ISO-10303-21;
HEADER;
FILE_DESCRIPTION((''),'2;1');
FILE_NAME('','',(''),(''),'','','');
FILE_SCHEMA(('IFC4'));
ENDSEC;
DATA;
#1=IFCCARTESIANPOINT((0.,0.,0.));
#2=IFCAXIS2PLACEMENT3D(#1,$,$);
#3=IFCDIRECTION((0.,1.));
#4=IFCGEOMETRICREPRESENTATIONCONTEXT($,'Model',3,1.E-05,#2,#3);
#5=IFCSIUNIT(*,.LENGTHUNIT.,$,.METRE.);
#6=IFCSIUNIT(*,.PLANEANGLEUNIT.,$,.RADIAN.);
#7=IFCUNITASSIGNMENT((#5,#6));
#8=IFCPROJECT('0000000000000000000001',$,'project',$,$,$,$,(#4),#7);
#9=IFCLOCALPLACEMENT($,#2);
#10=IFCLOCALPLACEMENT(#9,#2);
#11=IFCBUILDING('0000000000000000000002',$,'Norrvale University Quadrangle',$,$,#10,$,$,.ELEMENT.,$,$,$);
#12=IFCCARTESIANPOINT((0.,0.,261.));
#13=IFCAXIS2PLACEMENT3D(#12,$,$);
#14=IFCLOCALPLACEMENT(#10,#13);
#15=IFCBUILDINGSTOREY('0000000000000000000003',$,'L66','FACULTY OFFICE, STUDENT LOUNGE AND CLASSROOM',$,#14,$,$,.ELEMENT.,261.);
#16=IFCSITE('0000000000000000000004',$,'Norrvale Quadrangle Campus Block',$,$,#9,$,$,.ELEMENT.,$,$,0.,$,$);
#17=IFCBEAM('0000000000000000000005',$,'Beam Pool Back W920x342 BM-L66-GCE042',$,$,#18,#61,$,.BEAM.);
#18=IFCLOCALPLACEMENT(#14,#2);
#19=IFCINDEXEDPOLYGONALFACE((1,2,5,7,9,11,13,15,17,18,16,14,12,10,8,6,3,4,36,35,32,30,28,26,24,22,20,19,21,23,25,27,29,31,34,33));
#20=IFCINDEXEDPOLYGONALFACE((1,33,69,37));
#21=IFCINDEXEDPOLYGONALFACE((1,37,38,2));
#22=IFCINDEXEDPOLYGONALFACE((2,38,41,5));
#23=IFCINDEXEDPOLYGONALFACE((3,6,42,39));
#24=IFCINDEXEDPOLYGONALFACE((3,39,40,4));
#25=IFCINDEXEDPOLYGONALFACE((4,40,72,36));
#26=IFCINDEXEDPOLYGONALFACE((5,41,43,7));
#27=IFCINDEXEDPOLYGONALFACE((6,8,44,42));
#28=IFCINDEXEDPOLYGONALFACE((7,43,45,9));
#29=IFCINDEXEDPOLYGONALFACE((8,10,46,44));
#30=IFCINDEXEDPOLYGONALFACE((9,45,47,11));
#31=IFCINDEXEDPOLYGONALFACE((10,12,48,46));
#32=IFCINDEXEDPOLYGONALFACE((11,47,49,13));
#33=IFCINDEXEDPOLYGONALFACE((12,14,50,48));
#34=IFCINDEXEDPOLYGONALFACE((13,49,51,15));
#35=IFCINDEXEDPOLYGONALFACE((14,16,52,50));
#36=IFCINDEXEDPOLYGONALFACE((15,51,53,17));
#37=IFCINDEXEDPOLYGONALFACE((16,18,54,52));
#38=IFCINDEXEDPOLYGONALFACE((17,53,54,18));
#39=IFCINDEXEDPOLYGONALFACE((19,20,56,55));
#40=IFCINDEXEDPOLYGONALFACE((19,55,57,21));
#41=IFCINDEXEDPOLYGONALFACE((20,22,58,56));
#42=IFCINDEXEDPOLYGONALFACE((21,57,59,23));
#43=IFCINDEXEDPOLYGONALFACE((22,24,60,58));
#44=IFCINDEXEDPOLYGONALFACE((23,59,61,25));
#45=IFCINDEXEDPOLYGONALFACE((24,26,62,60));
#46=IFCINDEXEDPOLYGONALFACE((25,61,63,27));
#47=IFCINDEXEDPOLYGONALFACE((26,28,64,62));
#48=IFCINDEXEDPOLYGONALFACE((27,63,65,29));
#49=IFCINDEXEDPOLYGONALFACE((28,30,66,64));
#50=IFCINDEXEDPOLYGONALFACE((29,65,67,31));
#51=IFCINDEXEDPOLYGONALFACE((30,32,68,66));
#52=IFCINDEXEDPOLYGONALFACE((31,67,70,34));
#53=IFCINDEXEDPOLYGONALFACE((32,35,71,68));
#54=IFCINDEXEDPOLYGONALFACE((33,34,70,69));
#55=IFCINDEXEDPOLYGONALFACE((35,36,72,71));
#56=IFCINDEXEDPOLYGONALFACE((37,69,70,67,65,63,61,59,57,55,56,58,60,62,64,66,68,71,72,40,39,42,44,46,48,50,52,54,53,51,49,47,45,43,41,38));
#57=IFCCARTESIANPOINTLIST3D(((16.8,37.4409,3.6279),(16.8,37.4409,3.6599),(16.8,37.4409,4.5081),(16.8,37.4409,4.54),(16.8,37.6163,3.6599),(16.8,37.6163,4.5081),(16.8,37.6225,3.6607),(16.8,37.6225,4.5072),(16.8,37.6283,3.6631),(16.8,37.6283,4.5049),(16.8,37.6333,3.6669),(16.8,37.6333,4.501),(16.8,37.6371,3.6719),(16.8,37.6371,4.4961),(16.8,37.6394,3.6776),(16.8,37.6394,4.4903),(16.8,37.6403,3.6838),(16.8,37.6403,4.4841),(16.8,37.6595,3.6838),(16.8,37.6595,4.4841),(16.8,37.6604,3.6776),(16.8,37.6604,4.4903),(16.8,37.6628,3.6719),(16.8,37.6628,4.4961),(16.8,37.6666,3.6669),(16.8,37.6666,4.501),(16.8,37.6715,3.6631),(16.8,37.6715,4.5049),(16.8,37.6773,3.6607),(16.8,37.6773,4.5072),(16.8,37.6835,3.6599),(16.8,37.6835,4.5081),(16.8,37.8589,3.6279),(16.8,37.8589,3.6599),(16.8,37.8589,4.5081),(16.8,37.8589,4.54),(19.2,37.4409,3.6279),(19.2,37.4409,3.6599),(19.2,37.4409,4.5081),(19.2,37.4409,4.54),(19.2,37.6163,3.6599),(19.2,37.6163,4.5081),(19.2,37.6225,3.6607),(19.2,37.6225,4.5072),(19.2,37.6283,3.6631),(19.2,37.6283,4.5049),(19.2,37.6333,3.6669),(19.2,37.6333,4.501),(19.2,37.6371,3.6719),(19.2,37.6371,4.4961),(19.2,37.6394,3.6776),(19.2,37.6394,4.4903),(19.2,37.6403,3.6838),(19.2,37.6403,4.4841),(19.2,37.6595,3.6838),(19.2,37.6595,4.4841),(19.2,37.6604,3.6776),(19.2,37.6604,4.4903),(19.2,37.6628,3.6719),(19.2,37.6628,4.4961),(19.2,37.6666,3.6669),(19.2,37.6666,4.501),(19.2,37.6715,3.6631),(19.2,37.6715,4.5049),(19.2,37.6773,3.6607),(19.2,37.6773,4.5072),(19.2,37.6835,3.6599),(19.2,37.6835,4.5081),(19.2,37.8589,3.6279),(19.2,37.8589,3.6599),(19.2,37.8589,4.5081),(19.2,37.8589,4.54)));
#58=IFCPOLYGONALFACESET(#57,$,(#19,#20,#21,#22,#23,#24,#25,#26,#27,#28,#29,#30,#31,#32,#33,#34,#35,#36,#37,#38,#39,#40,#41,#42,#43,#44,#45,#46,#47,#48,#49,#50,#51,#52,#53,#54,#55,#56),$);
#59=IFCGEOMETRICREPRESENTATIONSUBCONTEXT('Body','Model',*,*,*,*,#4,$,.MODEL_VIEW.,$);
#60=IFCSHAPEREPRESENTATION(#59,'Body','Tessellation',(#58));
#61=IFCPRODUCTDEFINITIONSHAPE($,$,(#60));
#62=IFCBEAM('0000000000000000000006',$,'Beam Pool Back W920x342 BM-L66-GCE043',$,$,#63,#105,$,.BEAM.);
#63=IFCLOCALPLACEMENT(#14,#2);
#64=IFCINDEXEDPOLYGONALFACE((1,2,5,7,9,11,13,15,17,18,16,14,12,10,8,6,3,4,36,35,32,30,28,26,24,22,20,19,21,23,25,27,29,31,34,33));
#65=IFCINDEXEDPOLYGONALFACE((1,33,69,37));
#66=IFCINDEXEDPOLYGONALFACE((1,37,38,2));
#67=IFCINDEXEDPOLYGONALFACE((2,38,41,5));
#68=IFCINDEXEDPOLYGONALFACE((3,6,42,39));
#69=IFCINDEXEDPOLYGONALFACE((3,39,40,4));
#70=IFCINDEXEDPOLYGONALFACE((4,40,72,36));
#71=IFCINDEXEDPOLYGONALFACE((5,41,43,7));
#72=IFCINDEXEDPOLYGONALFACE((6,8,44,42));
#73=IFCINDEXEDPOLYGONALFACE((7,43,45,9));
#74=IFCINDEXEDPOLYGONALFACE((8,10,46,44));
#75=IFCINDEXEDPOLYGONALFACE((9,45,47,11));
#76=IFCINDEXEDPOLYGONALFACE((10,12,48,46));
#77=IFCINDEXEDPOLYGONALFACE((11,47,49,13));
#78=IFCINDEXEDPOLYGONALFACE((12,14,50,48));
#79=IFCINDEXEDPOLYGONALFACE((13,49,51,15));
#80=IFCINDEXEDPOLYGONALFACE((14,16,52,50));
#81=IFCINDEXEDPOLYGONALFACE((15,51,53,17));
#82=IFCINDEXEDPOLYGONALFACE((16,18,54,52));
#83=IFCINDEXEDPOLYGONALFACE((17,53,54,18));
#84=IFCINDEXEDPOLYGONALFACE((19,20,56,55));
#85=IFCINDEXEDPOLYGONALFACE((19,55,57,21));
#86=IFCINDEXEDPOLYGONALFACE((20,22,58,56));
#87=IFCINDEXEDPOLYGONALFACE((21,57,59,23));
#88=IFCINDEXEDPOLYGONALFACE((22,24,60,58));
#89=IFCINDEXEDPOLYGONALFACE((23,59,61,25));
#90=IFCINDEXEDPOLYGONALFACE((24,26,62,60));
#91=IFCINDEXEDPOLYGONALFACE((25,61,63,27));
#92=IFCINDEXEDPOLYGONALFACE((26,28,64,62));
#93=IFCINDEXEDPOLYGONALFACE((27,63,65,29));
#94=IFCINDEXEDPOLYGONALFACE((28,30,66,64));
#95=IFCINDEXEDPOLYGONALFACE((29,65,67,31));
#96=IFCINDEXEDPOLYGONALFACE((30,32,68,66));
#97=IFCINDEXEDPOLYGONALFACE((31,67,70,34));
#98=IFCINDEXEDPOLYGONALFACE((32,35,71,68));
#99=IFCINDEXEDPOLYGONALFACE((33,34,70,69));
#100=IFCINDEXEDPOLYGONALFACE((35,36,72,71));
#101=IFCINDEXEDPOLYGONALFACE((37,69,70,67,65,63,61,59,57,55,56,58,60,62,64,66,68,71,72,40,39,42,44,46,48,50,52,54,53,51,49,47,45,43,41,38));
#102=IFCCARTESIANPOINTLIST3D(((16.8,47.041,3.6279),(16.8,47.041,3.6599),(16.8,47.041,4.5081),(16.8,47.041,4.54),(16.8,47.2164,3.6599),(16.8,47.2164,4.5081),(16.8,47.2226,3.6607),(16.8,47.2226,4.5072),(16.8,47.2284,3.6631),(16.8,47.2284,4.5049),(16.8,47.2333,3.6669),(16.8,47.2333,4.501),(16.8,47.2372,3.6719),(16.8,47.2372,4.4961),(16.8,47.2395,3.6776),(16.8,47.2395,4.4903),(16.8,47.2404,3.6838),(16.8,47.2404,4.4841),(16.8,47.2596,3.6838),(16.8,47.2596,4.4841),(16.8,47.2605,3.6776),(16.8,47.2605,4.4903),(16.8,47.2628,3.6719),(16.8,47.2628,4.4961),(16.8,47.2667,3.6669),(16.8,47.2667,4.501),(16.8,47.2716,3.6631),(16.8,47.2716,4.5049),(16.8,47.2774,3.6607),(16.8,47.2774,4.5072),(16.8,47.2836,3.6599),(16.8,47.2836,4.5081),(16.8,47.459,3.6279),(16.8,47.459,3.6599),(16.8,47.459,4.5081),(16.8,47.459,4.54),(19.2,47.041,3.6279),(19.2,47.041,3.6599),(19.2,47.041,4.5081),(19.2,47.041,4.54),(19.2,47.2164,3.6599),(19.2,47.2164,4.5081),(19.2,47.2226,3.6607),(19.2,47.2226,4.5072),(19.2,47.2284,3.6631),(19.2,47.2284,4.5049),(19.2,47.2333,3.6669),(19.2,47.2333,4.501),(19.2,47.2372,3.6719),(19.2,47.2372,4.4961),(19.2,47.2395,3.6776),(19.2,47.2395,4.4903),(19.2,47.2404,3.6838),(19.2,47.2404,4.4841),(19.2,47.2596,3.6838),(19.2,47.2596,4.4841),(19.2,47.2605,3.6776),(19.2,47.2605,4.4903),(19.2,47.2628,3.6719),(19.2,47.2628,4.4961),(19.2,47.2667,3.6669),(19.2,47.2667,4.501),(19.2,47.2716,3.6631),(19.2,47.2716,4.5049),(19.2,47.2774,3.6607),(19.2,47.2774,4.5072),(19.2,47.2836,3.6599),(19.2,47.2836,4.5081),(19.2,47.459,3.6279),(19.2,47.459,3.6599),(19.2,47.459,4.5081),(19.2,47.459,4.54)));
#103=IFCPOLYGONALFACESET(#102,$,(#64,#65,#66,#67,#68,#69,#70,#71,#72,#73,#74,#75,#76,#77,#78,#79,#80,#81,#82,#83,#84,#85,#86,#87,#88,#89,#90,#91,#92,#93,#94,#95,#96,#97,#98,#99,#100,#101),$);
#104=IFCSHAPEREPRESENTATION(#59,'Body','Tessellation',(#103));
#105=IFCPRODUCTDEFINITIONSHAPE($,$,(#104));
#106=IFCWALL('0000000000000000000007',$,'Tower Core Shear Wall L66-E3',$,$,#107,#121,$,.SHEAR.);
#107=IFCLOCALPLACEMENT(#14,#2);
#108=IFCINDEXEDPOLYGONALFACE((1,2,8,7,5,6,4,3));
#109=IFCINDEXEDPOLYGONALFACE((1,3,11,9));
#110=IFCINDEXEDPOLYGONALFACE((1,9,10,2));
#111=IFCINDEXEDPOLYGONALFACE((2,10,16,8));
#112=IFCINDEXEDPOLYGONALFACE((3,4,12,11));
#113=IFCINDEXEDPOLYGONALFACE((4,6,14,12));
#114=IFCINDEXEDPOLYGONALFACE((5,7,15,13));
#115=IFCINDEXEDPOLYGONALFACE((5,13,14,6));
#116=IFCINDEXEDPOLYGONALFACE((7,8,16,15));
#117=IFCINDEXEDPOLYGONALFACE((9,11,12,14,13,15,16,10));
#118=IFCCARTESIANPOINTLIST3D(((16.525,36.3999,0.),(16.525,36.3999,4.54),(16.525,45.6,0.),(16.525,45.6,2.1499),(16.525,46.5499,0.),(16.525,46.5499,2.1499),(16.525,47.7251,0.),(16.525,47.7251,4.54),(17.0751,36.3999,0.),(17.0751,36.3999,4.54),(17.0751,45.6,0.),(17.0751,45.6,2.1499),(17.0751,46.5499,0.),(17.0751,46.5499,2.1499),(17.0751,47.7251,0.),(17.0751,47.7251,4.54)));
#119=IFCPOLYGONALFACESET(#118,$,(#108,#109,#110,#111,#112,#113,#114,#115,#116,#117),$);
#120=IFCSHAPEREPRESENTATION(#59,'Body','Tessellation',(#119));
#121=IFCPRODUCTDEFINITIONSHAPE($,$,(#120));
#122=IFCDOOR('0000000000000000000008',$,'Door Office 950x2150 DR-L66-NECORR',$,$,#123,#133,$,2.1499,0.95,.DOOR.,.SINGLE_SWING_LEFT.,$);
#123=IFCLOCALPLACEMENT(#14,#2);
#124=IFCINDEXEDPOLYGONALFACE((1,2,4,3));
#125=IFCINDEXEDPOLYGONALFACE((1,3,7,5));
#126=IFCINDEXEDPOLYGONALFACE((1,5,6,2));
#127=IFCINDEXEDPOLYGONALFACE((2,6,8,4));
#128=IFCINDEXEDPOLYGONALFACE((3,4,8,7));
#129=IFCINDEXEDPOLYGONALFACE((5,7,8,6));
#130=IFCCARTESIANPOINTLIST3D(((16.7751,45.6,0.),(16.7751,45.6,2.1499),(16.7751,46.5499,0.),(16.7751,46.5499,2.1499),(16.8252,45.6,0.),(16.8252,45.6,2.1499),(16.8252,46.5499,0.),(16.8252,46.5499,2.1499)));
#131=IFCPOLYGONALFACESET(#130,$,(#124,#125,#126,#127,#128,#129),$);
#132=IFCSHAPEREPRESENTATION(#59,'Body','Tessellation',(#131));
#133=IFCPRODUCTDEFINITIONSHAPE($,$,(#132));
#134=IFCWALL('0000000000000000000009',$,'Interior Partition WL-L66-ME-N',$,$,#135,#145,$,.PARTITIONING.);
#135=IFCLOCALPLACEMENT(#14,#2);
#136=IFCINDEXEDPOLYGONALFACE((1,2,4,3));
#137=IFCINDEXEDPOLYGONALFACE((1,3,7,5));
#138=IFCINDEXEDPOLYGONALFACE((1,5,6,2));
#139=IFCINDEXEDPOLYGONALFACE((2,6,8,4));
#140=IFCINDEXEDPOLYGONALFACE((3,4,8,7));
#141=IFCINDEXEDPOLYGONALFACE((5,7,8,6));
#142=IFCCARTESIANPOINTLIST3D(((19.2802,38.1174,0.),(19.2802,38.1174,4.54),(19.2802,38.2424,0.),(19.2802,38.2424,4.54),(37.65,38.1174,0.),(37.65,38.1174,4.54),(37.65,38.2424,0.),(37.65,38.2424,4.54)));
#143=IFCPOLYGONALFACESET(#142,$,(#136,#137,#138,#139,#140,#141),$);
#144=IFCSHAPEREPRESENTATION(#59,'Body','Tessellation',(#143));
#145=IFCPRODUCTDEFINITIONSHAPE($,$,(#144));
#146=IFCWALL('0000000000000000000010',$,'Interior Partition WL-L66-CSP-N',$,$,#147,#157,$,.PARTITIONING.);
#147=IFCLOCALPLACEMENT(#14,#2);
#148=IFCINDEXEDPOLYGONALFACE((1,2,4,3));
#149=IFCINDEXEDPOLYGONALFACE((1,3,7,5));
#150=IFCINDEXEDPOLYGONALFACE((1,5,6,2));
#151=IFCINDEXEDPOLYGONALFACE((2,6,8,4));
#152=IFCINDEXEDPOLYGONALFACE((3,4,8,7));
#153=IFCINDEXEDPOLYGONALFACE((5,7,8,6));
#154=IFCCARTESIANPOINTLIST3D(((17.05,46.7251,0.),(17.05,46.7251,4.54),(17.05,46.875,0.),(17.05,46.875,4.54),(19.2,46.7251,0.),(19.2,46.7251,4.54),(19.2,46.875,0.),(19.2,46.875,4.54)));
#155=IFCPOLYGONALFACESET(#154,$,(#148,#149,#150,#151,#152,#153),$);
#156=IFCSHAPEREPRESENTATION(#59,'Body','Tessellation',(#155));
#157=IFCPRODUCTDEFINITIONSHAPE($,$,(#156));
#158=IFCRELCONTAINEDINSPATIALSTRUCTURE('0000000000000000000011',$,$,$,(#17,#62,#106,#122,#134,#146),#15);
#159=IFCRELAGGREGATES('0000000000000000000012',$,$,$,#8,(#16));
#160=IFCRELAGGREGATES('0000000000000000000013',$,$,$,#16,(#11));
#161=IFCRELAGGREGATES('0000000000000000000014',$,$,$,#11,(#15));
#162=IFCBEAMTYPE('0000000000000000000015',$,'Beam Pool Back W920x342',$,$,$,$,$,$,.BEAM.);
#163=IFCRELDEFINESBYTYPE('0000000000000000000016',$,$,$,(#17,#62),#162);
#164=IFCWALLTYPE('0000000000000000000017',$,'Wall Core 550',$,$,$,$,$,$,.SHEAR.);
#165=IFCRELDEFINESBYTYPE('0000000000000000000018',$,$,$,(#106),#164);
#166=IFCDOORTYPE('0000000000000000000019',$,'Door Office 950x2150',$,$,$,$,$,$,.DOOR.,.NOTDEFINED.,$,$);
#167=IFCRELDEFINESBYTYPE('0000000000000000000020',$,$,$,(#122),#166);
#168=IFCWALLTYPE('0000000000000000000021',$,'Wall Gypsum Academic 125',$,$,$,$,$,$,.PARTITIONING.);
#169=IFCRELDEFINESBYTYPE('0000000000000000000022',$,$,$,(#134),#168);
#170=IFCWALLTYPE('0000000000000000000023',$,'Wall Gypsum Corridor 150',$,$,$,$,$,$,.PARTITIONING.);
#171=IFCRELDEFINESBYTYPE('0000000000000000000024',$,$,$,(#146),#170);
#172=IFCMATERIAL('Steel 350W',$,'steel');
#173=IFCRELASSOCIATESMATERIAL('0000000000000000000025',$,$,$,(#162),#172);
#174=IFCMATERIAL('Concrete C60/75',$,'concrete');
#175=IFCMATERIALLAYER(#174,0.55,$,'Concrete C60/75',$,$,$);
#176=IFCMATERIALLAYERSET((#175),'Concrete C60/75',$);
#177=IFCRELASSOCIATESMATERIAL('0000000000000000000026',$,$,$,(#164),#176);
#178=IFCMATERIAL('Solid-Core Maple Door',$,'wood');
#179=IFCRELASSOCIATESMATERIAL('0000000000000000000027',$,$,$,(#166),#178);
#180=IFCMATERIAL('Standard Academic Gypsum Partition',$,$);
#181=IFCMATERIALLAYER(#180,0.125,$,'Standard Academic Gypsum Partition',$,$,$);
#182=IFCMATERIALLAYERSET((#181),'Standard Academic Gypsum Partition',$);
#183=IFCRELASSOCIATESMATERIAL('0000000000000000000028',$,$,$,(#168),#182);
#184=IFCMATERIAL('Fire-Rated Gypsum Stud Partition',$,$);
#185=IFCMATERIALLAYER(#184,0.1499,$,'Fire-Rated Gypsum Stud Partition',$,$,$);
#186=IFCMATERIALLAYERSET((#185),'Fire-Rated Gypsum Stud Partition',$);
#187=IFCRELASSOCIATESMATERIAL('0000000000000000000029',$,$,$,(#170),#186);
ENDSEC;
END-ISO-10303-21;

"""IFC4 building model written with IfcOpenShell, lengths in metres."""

from ifc_helpers import new_model, si_unit, direction, frame, frame_2d, origin, origin_2d, place, context, subcontext, project, spatial, rectangle, i_section, extrude, material, layer, layer_set, material_profile, profile_set, type_object, element, fill, save


model = new_model("IFC4")

# Units and contexts
model_context = context("Model", 3, precision=1e-05, world=origin(), true_north=direction((0.0, 1.0)))
body_context = subcontext(model_context, "Body", "Model", "MODEL_VIEW")
ifc_project = project(units=[si_unit("LENGTHUNIT", "METRE"), si_unit("PLANEANGLEUNIT", "RADIAN")], contexts=[model_context])

# Site, building, storey
site_placement = place(None, origin())
site = spatial("IfcSite", under=ifc_project, at=site_placement, Name="Norrvale Quadrangle Campus Block", CompositionType="ELEMENT", RefElevation=0.0)
building_placement = place(site_placement, origin())
building = spatial("IfcBuilding", under=site, at=building_placement, Name="Norrvale University Quadrangle", CompositionType="ELEMENT")
storey_placement = place(building_placement, frame((0.0, 0.0, 261.0)))
storey = spatial("IfcBuildingStorey", under=building, at=storey_placement, Name="L66", Description="FACULTY OFFICE, STUDENT LOUNGE AND CLASSROOM", CompositionType="ELEMENT", Elevation=261.0)

# Shared definitions
ifc_material_1 = material(Name="Concrete C60/75", Category="concrete")

# Beams
ifc_material_2 = material(Name="Steel 350W", Category="steel")
ifc_material_profile_1 = material_profile(ifc_material_2, i_section(OverallWidth=0.418, OverallDepth=0.9121, WebThickness=0.0193, FlangeThickness=0.032, FilletRadius=0.0239, at=origin_2d()), Name="Steel 350W")
ifc_profile_set_1 = profile_set([ifc_material_profile_1], Name="Steel 350W")
beam_type_1 = type_object("IfcBeamType", Name="Beam Pool Back W920x342", PredefinedType="BEAM", material=ifc_profile_set_1)
for number, where, z_axis, x_axis, name in (
    (1, (16.8, 37.6499, 4.084), (1.0, 0.0, 0.0), (0.0, 1.0, 0.0), "Beam Pool Back W920x342 BM-L66-GCE042"),
    (2, (16.8, 47.25, 4.084), (1.0, 0.0, 0.0), (0.0, 1.0, 0.0), "Beam Pool Back W920x342 BM-L66-GCE043"),
):
    element("IfcBeam", number, at=place(storey_placement, frame(where, z_axis=z_axis, x_axis=x_axis)), inside=storey, type_object=beam_type_1, Name=name, PredefinedType="BEAM", context=body_context, shape_type="SweptSolid", body=[
        extrude(i_section(OverallWidth=0.418, OverallDepth=0.9121, WebThickness=0.0193, FlangeThickness=0.032, FilletRadius=0.0239, at=origin_2d()), origin(), (0.0, 0.0, 1.0), 2.3999),
    ])

# Wall, opening, door
ifc_layer_1 = layer(ifc_material_1, 0.55, Name="Concrete C60/75")
ifc_layer_set_1 = layer_set([ifc_layer_1], Name="Concrete C60/75")
wall_type_1 = type_object("IfcWallType", Name="Wall Core 550", PredefinedType="SHEAR", material=ifc_layer_set_1)
wall_1_placement = place(storey_placement, frame((16.8, 36.3999, 0.0), z_axis=(0.0, 0.0, 1.0), x_axis=(0.0, 1.0, 0.0)))
wall_1 = element("IfcWall", 3, at=wall_1_placement, inside=storey, type_object=wall_type_1, Name="Tower Core Shear Wall L66-E3", PredefinedType="SHEAR", context=body_context, shape_type="SweptSolid", body=[
    extrude(rectangle(XDim=11.3252, YDim=0.55, at=frame_2d((5.6626, 0.0))), origin(), (0.0, 0.0, 1.0), 4.54),
])
opening_1_placement = place(wall_1_placement, frame((9.2, 0.0, 0.0)))
opening_1 = element("IfcOpeningElement", 4, at=opening_1_placement, cuts=wall_1, PredefinedType="OPENING", context=body_context, shape_type="SweptSolid", body=[
    extrude(rectangle(XDim=0.95, YDim=2.1499, at=frame_2d((0.4751, 1.075))), frame((0.0, 0.2871, 0.0), z_axis=(0.0, -1.0, 0.0), x_axis=(1.0, 0.0, 0.0)), (0.0, 0.0, 1.0), 0.574),
])
ifc_material_3 = material(Name="Solid-Core Maple Door", Category="wood")
door_type_1 = type_object("IfcDoorType", Name="Door Office 950x2150", OperationType="NOTDEFINED", PredefinedType="DOOR", material=ifc_material_3)
door_1_placement = place(opening_1_placement, origin())
door_1 = element("IfcDoor", 5, at=door_1_placement, inside=storey, type_object=door_type_1, Name="Door Office 950x2150 DR-L66-NECORR", OperationType="SINGLE_SWING_LEFT", OverallHeight=2.1499, OverallWidth=0.95, PredefinedType="DOOR", context=body_context, shape_type="SweptSolid", body=[
    extrude(rectangle(XDim=0.95, YDim=2.1499, at=frame_2d((0.4751, 1.075))), frame((0.0, 0.0249, 0.0), z_axis=(0.0, -1.0, 0.0), x_axis=(1.0, 0.0, 0.0)), (0.0, 0.0, 1.0), 0.05),
])
fill(opening_1, door_1)

# Walls
ifc_material_4 = material(Name="Standard Academic Gypsum Partition")
ifc_layer_2 = layer(ifc_material_4, 0.125, Name="Standard Academic Gypsum Partition")
ifc_layer_set_2 = layer_set([ifc_layer_2], Name="Standard Academic Gypsum Partition")
wall_type_2 = type_object("IfcWallType", Name="Wall Gypsum Academic 125", PredefinedType="PARTITIONING", material=ifc_layer_set_2)
wall_2_placement = place(storey_placement, frame((19.28, 38.1799, 0.0), z_axis=(0.0, 0.0, 1.0), x_axis=(1.0, 0.0, 0.0)))
element("IfcWall", 6, at=wall_2_placement, inside=storey, type_object=wall_type_2, Name="Interior Partition WL-L66-ME-N", PredefinedType="PARTITIONING", context=body_context, shape_type="SweptSolid", body=[
    extrude(rectangle(XDim=18.3699, YDim=0.125, at=frame_2d((9.1851, 0.0))), origin(), (0.0, 0.0, 1.0), 4.54),
])
ifc_material_5 = material(Name="Fire-Rated Gypsum Stud Partition")
ifc_layer_3 = layer(ifc_material_5, 0.1499, Name="Fire-Rated Gypsum Stud Partition")
ifc_layer_set_3 = layer_set([ifc_layer_3], Name="Fire-Rated Gypsum Stud Partition")
wall_type_3 = type_object("IfcWallType", Name="Wall Gypsum Corridor 150", PredefinedType="PARTITIONING", material=ifc_layer_set_3)
wall_3_placement = place(storey_placement, frame((17.05, 46.8, 0.0), z_axis=(0.0, 0.0, 1.0), x_axis=(1.0, 0.0, 0.0)))
element("IfcWall", 7, at=wall_3_placement, inside=storey, type_object=wall_type_3, Name="Interior Partition WL-L66-CSP-N", PredefinedType="PARTITIONING", context=body_context, shape_type="SweptSolid", body=[
    extrude(rectangle(XDim=2.1499, YDim=0.1499, at=frame_2d((1.075, 0.0))), origin(), (0.0, 0.0, 1.0), 4.54),
])

save(model, "model.ifc")
